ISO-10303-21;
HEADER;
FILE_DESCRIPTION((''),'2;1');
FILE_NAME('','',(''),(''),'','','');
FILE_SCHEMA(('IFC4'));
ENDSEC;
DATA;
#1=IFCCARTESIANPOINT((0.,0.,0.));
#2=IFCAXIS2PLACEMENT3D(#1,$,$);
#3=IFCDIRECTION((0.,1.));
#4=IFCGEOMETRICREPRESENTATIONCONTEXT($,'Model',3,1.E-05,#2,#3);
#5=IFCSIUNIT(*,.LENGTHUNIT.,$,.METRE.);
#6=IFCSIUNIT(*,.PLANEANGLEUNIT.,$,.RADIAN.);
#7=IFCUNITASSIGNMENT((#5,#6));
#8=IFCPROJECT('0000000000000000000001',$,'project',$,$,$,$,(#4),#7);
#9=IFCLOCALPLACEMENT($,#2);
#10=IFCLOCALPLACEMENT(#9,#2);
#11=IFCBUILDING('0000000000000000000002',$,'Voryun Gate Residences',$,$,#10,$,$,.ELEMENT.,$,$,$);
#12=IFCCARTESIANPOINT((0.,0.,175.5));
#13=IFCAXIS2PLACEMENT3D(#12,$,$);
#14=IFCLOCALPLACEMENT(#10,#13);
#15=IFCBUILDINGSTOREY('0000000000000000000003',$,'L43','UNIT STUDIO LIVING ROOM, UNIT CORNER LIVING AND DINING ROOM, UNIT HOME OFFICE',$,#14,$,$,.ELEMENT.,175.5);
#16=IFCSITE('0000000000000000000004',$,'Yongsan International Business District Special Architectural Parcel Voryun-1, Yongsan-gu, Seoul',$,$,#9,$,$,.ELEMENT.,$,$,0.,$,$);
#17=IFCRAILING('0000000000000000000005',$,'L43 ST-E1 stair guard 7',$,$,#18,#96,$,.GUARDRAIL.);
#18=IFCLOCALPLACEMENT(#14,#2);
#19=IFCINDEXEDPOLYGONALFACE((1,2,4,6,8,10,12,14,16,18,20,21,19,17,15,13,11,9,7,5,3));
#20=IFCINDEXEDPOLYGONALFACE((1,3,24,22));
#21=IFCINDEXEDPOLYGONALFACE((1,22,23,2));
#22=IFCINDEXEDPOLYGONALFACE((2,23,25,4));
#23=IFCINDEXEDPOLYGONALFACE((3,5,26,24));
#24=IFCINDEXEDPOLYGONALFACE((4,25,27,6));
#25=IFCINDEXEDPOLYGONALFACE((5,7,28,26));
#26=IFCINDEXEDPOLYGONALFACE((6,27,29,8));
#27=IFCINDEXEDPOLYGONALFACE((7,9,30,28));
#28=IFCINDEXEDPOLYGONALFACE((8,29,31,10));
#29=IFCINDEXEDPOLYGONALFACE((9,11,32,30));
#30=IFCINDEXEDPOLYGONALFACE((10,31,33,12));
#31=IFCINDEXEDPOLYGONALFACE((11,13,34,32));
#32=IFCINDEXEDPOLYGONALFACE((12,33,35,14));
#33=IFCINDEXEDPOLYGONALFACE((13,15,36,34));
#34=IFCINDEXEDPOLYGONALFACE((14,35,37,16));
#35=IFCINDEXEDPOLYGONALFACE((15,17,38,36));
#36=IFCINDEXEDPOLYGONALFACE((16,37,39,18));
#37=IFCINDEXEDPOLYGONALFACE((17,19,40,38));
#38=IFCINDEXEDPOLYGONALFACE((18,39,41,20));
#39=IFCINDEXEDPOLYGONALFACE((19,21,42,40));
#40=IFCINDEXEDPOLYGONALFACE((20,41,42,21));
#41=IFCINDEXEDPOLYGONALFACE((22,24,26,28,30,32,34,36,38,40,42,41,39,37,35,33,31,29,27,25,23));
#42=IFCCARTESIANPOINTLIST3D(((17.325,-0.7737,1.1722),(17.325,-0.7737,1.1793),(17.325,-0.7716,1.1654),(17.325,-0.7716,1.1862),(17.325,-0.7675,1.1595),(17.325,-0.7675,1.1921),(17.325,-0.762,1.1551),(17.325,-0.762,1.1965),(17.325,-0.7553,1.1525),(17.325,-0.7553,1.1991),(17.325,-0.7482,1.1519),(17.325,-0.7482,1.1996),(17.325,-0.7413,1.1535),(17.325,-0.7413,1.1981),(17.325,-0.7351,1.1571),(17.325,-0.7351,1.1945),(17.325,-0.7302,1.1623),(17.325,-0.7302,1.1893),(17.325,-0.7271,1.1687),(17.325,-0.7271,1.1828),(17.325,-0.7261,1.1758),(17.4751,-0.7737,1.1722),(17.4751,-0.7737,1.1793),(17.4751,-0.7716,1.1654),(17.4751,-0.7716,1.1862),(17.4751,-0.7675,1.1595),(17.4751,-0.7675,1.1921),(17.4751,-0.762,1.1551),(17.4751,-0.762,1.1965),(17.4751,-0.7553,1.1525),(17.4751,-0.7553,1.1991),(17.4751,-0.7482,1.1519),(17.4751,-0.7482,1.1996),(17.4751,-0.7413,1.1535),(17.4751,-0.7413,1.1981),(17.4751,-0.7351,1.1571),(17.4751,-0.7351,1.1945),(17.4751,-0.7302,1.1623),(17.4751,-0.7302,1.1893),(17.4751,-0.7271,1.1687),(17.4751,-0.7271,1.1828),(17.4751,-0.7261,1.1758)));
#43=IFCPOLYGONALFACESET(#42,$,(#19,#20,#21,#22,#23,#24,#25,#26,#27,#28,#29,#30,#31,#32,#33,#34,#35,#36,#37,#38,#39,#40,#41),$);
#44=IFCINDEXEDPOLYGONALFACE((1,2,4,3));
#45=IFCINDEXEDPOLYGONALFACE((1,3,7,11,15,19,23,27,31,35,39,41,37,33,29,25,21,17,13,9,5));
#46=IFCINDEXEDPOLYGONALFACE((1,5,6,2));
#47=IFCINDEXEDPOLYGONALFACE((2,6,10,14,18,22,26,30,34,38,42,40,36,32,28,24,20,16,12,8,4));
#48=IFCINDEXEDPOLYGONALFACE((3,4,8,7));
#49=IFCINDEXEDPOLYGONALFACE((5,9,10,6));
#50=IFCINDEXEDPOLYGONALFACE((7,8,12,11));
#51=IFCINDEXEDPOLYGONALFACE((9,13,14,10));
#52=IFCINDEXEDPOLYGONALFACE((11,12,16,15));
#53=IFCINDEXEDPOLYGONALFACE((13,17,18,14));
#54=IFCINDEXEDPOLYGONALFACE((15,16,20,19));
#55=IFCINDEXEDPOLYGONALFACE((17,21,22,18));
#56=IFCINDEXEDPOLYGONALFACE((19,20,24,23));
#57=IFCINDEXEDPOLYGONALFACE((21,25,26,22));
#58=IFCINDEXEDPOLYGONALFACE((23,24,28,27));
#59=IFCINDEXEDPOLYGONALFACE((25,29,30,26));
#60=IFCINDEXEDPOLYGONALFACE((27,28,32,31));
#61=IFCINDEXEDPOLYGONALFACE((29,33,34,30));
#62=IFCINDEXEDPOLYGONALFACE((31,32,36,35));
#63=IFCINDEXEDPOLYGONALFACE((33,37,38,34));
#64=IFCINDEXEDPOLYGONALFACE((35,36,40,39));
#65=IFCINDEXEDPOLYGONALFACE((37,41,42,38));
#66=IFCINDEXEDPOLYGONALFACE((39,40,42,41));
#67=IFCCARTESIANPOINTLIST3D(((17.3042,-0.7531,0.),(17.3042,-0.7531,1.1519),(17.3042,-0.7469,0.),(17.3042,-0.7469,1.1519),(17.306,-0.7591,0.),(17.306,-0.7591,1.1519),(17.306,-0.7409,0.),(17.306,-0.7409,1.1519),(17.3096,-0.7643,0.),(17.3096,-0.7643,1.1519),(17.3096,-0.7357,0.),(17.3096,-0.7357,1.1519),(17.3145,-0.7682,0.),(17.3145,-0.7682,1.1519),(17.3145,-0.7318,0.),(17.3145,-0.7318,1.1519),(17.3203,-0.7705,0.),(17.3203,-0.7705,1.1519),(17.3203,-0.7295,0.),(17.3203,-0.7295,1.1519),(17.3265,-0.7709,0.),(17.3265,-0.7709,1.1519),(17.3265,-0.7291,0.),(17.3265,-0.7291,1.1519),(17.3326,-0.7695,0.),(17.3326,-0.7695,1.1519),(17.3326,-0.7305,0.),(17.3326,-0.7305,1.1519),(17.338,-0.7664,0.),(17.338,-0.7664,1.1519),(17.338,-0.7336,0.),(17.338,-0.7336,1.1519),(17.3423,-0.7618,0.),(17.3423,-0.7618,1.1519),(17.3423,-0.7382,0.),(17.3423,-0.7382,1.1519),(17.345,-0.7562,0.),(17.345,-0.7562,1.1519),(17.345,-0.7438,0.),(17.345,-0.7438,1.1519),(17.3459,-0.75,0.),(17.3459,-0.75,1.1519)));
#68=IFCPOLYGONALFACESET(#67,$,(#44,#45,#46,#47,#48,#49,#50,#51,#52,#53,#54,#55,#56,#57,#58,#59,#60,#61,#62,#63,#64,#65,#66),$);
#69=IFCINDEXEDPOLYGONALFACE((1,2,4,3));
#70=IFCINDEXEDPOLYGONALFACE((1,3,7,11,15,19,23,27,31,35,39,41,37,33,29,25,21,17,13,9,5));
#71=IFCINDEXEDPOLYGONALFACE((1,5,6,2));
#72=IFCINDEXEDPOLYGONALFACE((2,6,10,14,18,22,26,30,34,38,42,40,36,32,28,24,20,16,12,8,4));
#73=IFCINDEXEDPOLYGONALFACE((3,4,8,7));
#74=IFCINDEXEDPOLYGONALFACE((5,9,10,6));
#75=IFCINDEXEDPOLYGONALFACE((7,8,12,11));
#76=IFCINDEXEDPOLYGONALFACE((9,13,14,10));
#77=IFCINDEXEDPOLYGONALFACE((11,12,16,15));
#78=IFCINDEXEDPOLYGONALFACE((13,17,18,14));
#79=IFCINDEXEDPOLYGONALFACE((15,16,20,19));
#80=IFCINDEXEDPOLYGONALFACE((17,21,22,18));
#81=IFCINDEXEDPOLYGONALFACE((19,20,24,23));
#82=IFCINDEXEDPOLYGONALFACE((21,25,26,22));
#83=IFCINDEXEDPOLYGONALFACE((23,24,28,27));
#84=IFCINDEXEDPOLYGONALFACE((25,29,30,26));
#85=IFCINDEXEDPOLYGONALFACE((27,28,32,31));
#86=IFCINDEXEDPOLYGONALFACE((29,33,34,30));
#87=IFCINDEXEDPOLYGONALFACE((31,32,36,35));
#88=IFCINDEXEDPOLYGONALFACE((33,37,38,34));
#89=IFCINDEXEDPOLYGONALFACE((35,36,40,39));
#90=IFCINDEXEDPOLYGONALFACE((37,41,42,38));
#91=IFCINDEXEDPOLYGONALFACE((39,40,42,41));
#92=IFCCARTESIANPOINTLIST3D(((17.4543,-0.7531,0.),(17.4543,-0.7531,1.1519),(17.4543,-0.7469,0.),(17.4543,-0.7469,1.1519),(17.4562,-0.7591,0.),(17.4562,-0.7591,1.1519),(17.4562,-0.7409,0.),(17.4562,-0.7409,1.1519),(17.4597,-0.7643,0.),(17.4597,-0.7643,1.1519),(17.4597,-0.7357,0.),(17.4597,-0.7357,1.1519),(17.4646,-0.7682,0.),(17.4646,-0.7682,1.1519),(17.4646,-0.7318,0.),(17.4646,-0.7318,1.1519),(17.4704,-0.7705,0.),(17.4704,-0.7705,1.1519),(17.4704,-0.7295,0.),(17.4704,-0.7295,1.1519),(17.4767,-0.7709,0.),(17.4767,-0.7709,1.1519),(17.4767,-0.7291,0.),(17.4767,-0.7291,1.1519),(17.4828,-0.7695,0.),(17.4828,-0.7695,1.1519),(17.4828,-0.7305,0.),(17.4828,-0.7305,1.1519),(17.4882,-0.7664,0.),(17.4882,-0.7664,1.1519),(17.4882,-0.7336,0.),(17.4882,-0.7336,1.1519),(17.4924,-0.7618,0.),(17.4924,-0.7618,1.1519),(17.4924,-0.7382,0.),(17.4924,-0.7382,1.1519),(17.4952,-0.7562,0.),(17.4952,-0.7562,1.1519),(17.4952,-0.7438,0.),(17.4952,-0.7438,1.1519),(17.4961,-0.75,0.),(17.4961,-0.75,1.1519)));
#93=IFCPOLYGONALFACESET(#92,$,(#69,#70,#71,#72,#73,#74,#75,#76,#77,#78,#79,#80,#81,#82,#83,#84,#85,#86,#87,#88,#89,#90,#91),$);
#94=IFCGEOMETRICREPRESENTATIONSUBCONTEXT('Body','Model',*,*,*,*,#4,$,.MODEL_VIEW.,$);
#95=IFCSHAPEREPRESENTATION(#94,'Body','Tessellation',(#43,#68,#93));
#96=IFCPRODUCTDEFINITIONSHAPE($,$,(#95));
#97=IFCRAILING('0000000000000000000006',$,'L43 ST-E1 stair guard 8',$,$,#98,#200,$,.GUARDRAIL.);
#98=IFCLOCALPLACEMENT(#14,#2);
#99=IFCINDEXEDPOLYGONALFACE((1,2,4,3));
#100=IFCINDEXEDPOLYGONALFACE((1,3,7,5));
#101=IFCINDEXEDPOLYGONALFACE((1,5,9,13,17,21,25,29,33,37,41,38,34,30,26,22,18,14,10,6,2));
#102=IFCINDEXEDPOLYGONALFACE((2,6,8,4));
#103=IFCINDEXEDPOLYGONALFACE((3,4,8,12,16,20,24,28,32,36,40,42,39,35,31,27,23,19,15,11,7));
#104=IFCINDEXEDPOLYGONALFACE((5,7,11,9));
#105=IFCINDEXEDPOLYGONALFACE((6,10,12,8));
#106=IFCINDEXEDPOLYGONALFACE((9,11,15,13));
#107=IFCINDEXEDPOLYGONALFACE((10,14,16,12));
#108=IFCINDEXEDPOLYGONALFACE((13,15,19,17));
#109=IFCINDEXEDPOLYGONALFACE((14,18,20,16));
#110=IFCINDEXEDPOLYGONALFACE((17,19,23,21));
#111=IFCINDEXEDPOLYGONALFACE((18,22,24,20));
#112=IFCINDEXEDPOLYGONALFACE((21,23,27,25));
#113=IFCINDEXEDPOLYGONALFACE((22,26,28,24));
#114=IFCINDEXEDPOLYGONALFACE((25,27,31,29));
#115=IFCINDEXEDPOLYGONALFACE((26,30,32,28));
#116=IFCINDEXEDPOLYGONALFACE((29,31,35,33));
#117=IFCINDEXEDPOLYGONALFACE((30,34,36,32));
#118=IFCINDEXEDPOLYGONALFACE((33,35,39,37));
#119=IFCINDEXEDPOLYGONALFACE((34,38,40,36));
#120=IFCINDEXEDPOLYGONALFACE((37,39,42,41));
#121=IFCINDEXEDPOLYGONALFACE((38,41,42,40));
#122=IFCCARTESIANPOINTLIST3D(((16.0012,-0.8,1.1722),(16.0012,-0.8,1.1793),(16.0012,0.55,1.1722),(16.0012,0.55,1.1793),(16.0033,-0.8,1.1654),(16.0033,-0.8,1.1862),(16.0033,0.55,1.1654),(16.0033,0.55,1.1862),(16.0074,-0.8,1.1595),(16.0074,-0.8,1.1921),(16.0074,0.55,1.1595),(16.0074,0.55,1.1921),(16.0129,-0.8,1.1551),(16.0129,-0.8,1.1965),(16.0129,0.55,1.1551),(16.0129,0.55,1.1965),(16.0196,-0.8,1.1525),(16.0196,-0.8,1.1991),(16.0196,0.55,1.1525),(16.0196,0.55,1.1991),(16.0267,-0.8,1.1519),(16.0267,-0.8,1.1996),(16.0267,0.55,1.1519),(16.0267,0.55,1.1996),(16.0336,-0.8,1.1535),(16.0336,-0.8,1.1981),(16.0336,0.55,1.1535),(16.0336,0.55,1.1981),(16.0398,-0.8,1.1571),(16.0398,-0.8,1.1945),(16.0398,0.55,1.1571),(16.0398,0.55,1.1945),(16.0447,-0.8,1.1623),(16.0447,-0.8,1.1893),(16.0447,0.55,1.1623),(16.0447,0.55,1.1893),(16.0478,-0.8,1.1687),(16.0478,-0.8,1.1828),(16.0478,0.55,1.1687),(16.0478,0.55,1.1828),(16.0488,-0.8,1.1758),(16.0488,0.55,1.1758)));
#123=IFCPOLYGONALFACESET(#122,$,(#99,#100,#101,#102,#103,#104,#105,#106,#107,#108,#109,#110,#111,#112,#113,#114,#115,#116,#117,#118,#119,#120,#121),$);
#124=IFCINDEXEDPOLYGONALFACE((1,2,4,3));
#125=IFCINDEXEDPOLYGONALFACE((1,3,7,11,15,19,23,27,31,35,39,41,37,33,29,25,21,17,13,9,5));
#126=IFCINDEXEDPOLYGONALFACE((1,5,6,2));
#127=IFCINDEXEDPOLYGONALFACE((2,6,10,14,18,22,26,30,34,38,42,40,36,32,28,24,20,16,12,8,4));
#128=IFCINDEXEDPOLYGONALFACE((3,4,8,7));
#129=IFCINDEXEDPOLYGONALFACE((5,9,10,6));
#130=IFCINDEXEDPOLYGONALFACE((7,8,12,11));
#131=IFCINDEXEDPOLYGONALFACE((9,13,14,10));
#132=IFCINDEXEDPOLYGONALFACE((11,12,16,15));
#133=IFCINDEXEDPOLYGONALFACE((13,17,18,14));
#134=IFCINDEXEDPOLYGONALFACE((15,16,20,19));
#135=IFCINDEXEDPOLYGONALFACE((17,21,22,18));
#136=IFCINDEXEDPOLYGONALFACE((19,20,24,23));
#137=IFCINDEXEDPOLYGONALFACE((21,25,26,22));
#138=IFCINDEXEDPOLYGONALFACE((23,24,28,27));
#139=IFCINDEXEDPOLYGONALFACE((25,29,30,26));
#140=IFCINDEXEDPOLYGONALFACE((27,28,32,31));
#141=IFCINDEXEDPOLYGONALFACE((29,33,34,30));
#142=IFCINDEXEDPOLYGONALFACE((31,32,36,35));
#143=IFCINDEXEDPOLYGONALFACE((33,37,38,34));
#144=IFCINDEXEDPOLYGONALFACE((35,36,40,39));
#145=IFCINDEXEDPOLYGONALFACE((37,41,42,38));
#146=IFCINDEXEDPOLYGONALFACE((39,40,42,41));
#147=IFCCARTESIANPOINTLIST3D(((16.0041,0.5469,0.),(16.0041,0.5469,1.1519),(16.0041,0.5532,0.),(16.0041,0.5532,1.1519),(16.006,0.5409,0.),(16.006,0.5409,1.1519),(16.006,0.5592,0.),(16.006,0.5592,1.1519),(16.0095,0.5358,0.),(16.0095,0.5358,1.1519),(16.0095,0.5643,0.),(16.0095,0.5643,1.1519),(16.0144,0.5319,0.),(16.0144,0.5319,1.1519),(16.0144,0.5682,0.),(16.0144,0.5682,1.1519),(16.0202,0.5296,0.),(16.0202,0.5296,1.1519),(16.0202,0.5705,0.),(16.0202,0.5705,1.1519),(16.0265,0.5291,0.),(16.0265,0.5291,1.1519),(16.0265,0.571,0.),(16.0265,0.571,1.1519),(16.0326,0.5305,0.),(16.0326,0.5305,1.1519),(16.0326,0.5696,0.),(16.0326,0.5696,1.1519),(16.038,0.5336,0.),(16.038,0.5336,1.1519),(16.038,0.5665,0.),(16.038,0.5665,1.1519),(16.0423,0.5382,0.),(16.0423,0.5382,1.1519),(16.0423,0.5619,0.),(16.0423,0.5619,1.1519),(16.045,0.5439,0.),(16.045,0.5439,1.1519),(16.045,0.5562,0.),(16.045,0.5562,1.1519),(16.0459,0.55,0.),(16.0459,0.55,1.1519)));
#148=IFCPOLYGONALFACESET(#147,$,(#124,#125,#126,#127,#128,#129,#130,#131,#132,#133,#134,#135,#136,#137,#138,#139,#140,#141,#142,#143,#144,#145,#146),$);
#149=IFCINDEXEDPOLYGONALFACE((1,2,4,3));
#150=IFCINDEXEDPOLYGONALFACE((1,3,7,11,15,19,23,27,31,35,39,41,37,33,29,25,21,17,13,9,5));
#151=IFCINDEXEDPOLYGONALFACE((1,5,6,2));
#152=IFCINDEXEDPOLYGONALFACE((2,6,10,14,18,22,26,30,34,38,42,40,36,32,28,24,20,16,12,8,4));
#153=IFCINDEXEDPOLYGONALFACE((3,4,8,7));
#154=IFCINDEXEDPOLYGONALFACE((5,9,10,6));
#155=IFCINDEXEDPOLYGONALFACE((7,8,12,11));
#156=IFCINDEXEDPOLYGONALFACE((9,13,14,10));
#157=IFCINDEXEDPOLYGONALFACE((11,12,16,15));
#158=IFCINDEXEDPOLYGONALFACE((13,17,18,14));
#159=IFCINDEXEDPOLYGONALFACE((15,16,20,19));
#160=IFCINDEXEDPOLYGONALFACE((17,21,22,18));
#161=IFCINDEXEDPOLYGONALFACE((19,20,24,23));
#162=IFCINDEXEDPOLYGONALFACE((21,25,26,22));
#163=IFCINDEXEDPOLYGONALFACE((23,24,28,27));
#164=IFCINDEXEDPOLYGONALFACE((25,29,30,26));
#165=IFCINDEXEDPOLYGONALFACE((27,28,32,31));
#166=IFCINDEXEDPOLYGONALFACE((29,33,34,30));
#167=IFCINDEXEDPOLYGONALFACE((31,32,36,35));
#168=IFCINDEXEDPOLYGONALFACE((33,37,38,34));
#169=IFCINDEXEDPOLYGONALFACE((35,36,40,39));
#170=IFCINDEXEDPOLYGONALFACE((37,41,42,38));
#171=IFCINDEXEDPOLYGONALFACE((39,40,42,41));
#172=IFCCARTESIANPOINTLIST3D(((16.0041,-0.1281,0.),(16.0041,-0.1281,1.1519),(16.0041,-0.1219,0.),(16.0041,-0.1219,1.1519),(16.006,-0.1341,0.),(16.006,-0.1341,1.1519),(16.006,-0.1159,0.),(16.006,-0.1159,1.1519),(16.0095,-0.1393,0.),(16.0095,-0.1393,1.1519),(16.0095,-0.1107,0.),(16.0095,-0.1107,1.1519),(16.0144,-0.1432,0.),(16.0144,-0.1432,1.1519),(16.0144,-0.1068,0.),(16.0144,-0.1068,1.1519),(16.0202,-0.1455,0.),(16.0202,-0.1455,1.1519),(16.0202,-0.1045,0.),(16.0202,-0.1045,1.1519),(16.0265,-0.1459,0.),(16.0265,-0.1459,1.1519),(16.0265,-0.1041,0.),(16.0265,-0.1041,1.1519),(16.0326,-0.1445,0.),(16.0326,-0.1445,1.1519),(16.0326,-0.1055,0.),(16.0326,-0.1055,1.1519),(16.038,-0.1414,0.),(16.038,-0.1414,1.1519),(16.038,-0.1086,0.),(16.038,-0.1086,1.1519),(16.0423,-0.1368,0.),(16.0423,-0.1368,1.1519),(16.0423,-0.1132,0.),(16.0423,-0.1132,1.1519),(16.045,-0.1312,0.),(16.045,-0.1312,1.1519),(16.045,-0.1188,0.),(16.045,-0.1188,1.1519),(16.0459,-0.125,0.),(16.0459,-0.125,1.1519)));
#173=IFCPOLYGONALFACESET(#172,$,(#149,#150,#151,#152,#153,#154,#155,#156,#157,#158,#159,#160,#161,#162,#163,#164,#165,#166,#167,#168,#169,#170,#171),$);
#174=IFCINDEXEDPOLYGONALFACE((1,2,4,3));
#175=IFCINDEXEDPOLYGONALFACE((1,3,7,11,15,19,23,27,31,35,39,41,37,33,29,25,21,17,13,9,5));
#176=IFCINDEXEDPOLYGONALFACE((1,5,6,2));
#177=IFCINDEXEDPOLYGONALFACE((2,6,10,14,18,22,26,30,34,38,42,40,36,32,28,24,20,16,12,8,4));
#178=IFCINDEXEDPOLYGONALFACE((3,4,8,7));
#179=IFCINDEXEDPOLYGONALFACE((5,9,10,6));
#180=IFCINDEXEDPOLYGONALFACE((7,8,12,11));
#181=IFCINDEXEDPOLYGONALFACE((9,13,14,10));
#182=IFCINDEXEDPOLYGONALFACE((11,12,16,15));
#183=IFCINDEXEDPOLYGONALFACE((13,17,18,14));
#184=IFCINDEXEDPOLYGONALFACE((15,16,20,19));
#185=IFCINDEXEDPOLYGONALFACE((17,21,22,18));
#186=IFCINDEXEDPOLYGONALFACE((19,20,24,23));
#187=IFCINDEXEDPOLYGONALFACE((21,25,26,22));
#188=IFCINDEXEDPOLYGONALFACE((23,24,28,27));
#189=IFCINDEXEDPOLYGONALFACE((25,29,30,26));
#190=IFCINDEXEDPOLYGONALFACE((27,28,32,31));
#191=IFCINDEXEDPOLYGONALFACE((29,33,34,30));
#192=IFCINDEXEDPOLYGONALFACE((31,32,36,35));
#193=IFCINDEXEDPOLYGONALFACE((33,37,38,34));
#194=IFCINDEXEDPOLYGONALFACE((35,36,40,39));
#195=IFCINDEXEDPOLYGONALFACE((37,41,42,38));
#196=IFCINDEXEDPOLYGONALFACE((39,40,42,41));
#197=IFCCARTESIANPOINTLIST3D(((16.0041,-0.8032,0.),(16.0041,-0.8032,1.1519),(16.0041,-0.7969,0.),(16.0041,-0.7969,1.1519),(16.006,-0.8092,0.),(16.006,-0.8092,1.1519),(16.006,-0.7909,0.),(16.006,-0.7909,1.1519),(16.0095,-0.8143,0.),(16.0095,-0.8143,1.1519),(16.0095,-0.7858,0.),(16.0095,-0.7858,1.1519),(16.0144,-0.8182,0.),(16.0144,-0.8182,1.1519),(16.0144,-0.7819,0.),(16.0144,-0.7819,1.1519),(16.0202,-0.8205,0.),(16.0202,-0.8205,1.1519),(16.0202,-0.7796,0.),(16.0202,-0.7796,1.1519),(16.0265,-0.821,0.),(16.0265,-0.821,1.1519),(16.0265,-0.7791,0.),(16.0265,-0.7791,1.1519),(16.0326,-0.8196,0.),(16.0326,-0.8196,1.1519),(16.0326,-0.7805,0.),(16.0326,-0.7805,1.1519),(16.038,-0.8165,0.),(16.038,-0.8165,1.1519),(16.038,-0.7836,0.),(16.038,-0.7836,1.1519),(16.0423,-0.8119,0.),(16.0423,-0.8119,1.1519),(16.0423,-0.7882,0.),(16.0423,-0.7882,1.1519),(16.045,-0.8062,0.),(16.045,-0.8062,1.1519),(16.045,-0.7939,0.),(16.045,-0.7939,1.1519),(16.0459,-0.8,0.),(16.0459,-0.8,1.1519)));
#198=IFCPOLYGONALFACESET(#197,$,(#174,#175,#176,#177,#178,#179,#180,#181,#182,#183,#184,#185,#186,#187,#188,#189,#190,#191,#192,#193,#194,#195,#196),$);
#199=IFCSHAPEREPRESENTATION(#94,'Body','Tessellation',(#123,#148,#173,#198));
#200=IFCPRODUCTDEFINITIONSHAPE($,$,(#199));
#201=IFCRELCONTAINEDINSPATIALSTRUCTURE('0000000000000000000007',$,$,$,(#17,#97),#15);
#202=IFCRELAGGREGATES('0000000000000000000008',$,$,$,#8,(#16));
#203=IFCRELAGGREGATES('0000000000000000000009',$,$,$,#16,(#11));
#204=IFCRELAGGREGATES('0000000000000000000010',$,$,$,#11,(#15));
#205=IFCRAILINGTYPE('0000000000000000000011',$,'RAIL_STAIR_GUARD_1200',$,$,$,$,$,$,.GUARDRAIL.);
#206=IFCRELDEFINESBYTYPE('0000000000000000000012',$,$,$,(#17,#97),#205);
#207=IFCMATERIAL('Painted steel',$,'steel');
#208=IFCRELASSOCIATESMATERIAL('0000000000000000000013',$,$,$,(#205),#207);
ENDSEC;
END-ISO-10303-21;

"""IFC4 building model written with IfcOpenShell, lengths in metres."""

from ifc_helpers import new_model, si_unit, direction, frame, origin, origin_2d, place, context, subcontext, project, spatial, circle, extrude, material, type_object, element, save


model = new_model("IFC4")

# Units and contexts
model_context = context("Model", 3, precision=1e-05, world=origin(), true_north=direction((0.0, 1.0)))
body_context = subcontext(model_context, "Body", "Model", "MODEL_VIEW")
ifc_project = project(units=[si_unit("LENGTHUNIT", "METRE"), si_unit("PLANEANGLEUNIT", "RADIAN")], contexts=[model_context])

# Site, building, storey
site_placement = place(None, origin())
site = spatial("IfcSite", under=ifc_project, at=site_placement, Name="Yongsan International Business District Special Architectural Parcel Voryun-1, Yongsan-gu, Seoul", CompositionType="ELEMENT", RefElevation=0.0)
building_placement = place(site_placement, origin())
building = spatial("IfcBuilding", under=site, at=building_placement, Name="Voryun Gate Residences", CompositionType="ELEMENT")
storey_placement = place(building_placement, frame((0.0, 0.0, 175.5)))
storey = spatial("IfcBuildingStorey", under=building, at=storey_placement, Name="L43", Description="UNIT STUDIO LIVING ROOM, UNIT CORNER LIVING AND DINING ROOM, UNIT HOME OFFICE", CompositionType="ELEMENT", Elevation=175.5)

# Railings
ifc_material_1 = material(Name="Painted steel", Category="steel")
railing_type_1 = type_object("IfcRailingType", Name="RAIL_STAIR_GUARD_1200", PredefinedType="GUARDRAIL", material=ifc_material_1)
railing_1_placement = place(storey_placement, frame((17.325, -0.75, 0.0)))
element("IfcRailing", 1, at=railing_1_placement, inside=storey, type_object=railing_type_1, Name="L43 ST-E1 stair guard 7", PredefinedType="GUARDRAIL", context=body_context, shape_type="SweptSolid", body=[
    extrude(circle(Radius=0.0239, at=origin_2d()), frame((0.0, 0.0, 1.1758), z_axis=(1.0, 0.0, 0.0), x_axis=(0.0, 1.0, 0.0)), (0.0, 0.0, 1.0), 0.1501),
    extrude(circle(Radius=0.021, at=origin_2d()), origin(), (0.0, 0.0, 1.0), 1.1519),
    extrude(circle(Radius=0.021, at=origin_2d()), frame((0.1501, 0.0, 0.0)), (0.0, 0.0, 1.0), 1.1519),
])
for number, where, name in (
    (2, (16.0249, 0.55, 0.0), "L43 ST-E1 stair guard 8"),
):
    element("IfcRailing", number, at=place(storey_placement, frame(where)), inside=storey, type_object=railing_type_1, Name=name, PredefinedType="GUARDRAIL", context=body_context, shape_type="SweptSolid", body=[
        extrude(circle(Radius=0.0239, at=origin_2d()), frame((0.0, 0.0, 1.1758), z_axis=(0.0, -1.0, 0.0), x_axis=(1.0, 0.0, 0.0)), (0.0, 0.0, 1.0), 1.3501),
        extrude(circle(Radius=0.021, at=origin_2d()), origin(), (0.0, 0.0, 1.0), 1.1519),
        extrude(circle(Radius=0.021, at=origin_2d()), frame((0.0, -0.675, 0.0)), (0.0, 0.0, 1.0), 1.1519),
        extrude(circle(Radius=0.021, at=origin_2d()), frame((0.0, -1.3501, 0.0)), (0.0, 0.0, 1.0), 1.1519),
    ])

save(model, "model.ifc")
